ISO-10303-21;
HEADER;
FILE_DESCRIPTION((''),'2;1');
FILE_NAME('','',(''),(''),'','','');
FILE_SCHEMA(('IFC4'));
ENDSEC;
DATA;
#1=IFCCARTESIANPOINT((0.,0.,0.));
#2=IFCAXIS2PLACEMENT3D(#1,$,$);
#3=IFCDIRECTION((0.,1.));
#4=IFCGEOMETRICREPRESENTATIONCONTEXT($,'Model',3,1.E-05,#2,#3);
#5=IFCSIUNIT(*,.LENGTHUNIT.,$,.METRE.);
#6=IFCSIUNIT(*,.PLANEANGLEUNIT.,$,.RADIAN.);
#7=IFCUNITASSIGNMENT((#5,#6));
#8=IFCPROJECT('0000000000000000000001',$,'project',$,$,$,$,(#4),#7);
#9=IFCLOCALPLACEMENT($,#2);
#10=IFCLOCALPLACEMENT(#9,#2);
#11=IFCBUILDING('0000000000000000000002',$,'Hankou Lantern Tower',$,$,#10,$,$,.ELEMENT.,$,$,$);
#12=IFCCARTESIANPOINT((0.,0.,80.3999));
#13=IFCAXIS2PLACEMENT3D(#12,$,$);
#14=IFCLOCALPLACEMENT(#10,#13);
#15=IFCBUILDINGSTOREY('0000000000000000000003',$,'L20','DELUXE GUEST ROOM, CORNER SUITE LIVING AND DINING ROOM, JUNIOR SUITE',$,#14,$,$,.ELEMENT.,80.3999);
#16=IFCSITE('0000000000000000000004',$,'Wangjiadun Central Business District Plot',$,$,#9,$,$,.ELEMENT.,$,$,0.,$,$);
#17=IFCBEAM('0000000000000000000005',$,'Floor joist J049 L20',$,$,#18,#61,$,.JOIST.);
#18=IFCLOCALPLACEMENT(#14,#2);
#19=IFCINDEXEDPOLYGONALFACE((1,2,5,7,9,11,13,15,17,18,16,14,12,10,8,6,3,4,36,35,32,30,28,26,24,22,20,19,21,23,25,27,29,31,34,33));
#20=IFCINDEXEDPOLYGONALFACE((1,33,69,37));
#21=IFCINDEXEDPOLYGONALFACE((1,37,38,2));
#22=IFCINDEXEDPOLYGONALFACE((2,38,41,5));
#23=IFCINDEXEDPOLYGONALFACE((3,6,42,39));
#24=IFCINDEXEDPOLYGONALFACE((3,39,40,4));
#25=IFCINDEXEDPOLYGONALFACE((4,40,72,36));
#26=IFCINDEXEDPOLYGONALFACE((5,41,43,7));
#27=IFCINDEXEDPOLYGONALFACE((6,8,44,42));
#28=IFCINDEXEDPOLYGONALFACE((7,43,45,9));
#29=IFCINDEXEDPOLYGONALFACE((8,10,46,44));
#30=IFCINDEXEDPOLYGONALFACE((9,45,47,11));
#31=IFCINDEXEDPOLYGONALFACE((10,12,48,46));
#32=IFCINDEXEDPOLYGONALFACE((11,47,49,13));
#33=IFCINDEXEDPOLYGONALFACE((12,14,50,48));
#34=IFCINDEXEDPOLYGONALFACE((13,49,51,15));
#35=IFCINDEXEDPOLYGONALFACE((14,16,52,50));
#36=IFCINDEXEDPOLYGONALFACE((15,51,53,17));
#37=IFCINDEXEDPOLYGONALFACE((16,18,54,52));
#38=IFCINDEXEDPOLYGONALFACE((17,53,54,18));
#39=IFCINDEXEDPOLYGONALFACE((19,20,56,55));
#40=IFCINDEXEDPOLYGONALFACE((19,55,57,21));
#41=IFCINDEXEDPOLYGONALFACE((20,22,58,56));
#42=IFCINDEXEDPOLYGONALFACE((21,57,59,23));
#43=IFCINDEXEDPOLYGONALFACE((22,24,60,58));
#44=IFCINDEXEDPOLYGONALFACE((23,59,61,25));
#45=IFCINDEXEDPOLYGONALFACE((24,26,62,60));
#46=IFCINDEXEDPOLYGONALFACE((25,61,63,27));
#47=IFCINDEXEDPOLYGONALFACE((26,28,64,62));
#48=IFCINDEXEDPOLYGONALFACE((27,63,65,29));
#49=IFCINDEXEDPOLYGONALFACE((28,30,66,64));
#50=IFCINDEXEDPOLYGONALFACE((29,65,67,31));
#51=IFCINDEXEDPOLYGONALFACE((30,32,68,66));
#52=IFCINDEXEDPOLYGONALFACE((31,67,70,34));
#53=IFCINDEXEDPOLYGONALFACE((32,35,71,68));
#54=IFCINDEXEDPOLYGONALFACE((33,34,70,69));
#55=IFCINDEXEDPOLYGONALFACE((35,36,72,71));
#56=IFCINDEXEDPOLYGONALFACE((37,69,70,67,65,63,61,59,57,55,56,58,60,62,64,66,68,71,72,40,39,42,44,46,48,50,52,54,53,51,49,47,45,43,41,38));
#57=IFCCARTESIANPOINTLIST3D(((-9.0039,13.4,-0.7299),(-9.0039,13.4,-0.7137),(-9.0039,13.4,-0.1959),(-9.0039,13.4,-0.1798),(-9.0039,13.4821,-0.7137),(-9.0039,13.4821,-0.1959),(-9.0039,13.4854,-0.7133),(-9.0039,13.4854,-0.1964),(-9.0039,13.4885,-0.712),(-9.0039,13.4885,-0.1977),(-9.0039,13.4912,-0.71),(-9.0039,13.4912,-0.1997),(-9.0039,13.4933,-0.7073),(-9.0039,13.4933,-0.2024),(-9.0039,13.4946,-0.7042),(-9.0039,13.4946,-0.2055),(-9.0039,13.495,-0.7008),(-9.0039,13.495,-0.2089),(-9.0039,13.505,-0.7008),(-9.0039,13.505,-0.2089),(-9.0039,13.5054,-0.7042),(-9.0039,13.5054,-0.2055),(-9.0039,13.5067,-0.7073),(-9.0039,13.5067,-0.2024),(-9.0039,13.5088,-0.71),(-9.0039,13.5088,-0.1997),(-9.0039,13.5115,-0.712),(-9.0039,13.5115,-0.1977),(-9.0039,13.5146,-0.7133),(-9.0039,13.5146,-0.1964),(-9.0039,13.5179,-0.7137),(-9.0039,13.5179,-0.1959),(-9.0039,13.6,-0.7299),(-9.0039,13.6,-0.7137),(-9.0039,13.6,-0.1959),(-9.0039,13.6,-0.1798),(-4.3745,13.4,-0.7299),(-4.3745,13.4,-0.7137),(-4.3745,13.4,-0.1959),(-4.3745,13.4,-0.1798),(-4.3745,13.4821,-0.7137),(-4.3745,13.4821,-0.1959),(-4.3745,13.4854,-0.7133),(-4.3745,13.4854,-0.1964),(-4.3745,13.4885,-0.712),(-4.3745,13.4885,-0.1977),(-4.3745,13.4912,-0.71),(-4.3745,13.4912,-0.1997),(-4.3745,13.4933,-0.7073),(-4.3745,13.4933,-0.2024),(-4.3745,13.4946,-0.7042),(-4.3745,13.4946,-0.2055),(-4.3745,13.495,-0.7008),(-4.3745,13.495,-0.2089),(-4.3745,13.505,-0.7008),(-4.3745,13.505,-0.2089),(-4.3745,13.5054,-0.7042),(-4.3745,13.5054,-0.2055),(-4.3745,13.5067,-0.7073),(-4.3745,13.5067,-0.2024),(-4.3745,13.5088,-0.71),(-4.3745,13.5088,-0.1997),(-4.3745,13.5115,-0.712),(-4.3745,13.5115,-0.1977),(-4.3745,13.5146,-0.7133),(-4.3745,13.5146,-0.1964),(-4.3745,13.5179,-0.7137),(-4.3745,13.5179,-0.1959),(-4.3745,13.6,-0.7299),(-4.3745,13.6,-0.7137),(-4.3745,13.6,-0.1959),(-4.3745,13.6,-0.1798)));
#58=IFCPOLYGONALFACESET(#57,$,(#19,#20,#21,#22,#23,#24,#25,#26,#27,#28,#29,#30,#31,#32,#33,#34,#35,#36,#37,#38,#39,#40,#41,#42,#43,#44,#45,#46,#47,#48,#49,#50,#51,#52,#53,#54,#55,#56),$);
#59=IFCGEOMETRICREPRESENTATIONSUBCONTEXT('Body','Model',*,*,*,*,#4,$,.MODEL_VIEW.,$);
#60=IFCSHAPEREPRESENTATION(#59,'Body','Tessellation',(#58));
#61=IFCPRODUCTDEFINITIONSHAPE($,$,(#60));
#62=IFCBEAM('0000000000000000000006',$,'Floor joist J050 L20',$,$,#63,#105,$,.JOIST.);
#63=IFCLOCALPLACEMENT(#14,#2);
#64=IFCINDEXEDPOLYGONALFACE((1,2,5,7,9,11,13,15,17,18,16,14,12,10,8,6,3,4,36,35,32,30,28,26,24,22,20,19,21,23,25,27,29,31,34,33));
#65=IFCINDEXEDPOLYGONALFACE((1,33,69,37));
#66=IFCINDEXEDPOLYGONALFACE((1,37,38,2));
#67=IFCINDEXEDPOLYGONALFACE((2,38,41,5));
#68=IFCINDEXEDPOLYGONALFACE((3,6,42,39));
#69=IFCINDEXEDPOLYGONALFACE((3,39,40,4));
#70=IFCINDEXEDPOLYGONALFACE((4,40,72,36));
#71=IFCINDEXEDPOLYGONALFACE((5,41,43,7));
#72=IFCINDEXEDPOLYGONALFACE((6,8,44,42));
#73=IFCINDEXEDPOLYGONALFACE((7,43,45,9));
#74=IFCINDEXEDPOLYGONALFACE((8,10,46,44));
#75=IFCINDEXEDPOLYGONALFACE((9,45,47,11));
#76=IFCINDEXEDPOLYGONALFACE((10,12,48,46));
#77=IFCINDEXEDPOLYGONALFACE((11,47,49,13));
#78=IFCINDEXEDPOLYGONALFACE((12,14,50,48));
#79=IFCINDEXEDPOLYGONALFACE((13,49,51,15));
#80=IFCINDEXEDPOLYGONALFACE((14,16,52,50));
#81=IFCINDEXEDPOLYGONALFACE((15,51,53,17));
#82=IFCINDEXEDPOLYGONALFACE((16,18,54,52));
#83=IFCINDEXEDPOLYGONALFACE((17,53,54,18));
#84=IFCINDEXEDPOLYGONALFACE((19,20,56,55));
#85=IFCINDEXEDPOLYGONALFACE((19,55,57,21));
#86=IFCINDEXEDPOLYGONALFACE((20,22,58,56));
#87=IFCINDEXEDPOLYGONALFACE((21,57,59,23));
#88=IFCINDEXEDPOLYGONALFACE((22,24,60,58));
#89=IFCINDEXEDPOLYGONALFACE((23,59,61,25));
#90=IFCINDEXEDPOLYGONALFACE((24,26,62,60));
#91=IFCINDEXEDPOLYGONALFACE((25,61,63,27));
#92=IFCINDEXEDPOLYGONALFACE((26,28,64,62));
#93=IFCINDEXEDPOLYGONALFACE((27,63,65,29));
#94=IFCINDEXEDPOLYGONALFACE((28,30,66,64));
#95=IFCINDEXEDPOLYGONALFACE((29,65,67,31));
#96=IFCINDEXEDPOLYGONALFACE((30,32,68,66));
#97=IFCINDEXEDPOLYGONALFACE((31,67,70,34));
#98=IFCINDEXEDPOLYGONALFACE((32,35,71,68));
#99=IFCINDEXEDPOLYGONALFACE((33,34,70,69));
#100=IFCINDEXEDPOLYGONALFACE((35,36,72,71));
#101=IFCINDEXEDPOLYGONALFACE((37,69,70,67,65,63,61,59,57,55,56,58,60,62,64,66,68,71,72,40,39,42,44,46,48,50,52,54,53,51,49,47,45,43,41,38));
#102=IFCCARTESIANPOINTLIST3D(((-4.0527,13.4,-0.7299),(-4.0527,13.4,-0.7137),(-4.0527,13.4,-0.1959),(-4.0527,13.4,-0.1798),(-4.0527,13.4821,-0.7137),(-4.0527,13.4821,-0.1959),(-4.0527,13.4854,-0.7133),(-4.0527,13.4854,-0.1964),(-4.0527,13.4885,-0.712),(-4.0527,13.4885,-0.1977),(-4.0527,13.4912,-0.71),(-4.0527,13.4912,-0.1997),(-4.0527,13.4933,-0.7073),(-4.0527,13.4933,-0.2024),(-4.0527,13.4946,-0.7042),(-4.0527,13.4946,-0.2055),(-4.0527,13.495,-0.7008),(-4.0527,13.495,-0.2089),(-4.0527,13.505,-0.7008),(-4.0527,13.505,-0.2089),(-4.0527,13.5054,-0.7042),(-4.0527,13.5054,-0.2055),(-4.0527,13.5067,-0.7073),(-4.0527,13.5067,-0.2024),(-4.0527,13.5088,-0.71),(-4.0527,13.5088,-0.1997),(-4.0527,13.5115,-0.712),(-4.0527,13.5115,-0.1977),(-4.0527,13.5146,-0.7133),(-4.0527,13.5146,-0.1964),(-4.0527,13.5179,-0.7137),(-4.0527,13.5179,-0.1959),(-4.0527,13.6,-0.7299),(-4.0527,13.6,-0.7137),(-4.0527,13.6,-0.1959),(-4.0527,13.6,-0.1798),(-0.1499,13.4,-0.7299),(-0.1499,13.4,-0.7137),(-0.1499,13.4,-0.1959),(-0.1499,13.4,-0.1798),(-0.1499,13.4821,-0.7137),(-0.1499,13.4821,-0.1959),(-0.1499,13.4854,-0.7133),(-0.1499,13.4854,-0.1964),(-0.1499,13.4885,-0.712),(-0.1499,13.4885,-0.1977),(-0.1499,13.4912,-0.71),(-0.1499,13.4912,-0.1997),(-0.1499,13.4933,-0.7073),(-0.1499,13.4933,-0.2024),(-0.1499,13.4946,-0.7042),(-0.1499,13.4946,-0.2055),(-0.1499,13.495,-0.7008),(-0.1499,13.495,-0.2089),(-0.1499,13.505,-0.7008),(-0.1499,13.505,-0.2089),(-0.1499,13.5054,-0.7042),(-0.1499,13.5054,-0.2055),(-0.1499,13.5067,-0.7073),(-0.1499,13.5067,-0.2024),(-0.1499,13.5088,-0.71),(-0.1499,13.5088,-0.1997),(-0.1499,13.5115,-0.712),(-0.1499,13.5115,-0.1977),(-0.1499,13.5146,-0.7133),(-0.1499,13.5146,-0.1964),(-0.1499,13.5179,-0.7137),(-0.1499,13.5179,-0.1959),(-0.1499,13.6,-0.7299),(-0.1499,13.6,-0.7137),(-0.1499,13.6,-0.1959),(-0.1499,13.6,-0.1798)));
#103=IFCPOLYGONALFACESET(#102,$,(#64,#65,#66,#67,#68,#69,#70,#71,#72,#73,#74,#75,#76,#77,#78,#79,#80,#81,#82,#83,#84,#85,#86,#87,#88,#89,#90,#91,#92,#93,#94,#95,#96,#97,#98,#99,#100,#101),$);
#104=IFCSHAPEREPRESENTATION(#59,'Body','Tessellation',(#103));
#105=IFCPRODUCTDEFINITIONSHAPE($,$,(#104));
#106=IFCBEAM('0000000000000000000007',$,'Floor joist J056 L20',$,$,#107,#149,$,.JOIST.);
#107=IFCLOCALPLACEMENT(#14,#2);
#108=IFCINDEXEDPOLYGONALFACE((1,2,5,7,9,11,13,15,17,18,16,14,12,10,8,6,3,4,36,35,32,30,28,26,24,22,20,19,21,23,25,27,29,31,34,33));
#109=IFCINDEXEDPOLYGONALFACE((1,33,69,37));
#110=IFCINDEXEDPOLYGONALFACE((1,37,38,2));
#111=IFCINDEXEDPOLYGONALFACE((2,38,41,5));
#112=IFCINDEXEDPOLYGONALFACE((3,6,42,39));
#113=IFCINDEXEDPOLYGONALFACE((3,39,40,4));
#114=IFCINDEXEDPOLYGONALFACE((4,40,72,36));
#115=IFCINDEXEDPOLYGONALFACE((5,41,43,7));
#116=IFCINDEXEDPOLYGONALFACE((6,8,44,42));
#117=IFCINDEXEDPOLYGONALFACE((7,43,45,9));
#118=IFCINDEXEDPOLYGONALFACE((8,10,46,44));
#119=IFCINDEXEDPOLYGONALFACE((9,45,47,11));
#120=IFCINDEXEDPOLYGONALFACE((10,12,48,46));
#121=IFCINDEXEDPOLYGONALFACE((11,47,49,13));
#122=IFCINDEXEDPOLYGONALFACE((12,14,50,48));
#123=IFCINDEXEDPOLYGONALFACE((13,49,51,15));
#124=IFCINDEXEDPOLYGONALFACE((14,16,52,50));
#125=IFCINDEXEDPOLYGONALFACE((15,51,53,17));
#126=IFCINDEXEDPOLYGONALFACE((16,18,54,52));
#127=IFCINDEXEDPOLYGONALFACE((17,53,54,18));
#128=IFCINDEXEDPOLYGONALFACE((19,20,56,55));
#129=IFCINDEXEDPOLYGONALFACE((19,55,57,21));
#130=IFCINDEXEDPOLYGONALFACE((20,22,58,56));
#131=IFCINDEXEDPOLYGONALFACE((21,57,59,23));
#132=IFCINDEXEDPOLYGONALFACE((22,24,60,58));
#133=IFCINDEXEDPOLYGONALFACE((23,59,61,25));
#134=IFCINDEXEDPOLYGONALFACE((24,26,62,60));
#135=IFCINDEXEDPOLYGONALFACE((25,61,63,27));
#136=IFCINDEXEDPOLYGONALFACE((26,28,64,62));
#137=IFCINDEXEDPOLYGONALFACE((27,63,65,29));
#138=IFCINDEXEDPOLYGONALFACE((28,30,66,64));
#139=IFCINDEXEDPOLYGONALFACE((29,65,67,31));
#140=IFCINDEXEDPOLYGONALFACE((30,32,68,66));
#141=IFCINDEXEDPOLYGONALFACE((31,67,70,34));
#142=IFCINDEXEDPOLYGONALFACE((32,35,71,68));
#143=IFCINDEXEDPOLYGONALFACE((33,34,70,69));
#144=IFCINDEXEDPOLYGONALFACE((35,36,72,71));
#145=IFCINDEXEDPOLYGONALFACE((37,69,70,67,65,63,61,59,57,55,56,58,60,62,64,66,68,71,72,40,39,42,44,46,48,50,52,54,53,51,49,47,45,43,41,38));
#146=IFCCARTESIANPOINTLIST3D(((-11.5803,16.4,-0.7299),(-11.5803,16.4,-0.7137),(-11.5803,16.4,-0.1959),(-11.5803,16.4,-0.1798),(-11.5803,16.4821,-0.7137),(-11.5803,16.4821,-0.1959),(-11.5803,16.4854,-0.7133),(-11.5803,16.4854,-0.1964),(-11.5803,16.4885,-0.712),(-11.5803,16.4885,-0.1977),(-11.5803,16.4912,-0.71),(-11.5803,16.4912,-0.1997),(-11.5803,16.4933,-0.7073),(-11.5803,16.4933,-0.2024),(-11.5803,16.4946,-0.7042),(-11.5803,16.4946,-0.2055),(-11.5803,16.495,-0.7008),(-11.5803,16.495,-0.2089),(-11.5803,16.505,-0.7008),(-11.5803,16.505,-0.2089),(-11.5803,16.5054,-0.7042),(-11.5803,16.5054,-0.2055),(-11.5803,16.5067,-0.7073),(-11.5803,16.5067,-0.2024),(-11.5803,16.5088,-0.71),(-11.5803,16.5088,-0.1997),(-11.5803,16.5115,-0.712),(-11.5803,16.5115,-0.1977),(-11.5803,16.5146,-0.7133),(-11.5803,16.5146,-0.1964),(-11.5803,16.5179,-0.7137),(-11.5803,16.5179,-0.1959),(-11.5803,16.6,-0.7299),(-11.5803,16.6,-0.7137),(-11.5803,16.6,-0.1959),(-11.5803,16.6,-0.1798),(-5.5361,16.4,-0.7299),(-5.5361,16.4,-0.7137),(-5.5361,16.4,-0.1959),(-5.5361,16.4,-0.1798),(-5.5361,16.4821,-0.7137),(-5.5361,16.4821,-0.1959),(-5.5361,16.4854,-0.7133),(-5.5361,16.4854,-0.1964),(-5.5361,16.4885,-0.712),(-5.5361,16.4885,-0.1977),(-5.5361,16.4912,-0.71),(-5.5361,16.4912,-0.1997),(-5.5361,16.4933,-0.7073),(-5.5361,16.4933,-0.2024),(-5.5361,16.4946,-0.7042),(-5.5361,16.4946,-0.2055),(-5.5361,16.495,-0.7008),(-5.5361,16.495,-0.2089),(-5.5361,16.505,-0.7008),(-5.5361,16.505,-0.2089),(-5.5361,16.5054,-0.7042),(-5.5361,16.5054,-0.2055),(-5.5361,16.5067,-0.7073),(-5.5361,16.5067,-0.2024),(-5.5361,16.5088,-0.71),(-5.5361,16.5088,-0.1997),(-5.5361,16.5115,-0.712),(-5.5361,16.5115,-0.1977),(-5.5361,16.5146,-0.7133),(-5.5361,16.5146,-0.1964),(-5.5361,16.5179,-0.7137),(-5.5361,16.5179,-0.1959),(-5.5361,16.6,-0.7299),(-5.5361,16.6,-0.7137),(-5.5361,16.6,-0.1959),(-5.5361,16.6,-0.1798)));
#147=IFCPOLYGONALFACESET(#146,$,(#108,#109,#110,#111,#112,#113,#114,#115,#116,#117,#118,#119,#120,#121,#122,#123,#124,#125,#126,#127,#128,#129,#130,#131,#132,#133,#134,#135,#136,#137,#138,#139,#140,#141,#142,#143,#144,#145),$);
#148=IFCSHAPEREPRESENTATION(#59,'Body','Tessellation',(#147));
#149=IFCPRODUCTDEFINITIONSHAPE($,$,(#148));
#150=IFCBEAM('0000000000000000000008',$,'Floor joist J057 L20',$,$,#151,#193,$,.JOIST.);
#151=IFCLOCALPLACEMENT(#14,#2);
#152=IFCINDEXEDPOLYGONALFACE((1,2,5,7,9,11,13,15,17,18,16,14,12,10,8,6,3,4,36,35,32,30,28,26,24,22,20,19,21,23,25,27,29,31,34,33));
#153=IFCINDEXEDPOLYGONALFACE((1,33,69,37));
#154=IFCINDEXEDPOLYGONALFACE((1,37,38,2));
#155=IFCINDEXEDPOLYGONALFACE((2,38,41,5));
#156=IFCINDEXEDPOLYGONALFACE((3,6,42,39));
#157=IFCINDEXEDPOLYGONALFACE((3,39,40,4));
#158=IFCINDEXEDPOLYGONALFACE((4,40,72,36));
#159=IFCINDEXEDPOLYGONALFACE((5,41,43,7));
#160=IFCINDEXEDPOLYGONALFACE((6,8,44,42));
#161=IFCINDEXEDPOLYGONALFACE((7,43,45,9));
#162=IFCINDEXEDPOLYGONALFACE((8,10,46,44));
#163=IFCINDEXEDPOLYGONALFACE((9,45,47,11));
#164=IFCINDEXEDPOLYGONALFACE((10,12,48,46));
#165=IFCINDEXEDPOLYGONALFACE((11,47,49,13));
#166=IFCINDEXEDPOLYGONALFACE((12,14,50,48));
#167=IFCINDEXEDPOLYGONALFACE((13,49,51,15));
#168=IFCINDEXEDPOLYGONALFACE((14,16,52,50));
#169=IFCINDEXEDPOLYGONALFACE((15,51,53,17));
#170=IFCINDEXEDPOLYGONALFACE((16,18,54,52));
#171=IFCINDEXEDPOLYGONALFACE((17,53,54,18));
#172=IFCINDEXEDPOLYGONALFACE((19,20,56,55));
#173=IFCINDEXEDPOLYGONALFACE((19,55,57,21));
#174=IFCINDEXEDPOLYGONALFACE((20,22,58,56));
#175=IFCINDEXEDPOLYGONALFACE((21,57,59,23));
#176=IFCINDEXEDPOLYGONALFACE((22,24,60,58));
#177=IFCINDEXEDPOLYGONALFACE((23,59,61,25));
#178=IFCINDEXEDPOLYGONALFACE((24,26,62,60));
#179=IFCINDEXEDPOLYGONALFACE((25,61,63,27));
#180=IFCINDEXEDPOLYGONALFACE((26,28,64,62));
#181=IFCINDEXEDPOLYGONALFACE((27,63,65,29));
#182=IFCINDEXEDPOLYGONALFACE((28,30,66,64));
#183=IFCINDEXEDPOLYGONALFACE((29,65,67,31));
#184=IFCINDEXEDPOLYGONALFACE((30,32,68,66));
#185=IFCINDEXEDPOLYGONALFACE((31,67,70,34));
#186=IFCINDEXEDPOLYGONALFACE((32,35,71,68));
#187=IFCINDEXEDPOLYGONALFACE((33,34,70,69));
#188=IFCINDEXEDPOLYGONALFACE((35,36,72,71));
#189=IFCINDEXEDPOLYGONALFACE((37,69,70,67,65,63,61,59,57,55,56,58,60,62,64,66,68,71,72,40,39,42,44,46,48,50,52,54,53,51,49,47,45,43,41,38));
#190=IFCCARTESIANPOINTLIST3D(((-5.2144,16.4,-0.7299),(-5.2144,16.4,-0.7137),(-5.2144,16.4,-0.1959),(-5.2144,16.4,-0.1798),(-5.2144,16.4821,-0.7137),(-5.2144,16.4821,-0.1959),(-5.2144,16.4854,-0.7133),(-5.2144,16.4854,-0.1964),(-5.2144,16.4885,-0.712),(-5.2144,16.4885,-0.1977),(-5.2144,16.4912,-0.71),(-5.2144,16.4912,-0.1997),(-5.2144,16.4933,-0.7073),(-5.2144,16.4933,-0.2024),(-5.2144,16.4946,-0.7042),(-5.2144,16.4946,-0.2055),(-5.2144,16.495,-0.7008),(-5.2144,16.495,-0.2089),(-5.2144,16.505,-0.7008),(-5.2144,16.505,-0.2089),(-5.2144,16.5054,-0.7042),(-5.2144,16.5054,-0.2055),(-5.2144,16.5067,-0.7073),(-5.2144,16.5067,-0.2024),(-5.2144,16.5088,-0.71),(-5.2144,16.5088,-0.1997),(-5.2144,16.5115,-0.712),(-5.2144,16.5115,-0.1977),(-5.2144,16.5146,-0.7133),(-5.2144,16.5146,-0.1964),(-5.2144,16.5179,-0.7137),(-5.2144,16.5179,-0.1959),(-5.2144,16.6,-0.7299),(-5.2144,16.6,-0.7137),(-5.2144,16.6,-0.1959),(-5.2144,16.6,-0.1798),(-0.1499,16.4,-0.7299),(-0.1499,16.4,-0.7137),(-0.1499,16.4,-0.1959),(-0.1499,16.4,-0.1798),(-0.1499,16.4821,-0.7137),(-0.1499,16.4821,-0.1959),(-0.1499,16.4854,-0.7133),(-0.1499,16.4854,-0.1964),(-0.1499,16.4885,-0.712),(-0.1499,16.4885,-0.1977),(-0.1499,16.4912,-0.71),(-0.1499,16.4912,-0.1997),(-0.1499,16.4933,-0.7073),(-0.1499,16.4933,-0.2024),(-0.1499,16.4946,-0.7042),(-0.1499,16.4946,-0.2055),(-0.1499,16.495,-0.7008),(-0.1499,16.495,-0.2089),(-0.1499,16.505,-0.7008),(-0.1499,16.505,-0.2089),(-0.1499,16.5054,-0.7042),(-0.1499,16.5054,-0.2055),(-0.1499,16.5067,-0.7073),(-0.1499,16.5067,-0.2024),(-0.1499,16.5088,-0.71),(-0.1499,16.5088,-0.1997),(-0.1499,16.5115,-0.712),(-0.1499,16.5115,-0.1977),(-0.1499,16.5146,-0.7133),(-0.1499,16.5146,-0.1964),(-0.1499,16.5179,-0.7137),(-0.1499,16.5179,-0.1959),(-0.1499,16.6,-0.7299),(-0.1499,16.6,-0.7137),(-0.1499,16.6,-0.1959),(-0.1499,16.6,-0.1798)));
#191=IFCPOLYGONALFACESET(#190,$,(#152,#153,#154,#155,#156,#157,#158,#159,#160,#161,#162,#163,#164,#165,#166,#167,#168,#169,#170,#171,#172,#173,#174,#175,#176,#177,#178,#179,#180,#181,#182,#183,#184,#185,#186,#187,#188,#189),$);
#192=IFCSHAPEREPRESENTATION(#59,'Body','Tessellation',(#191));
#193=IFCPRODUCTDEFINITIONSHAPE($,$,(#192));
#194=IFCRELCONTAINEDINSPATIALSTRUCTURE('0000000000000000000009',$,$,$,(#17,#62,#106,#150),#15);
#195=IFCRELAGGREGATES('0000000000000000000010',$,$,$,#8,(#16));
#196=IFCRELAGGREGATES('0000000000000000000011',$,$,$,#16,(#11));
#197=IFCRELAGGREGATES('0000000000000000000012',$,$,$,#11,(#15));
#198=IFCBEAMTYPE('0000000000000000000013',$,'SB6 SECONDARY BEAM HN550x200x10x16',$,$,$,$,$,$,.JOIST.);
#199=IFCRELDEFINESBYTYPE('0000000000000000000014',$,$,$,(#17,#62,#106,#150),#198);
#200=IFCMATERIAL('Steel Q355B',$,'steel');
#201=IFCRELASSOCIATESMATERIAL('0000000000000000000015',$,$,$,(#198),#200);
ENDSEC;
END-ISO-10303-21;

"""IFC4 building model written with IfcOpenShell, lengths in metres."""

from ifc_helpers import new_model, si_unit, direction, frame, origin, origin_2d, place, context, subcontext, project, spatial, i_section, extrude, material, material_profile, profile_set, type_object, element, save


model = new_model("IFC4")

# Units and contexts
model_context = context("Model", 3, precision=1e-05, world=origin(), true_north=direction((0.0, 1.0)))
body_context = subcontext(model_context, "Body", "Model", "MODEL_VIEW")
ifc_project = project(units=[si_unit("LENGTHUNIT", "METRE"), si_unit("PLANEANGLEUNIT", "RADIAN")], contexts=[model_context])

# Site, building, storey
site_placement = place(None, origin())
site = spatial("IfcSite", under=ifc_project, at=site_placement, Name="Wangjiadun Central Business District Plot", CompositionType="ELEMENT", RefElevation=0.0)
building_placement = place(site_placement, origin())
building = spatial("IfcBuilding", under=site, at=building_placement, Name="Hankou Lantern Tower", CompositionType="ELEMENT")
storey_placement = place(building_placement, frame((0.0, 0.0, 80.3999)))
storey = spatial("IfcBuildingStorey", under=building, at=storey_placement, Name="L20", Description="DELUXE GUEST ROOM, CORNER SUITE LIVING AND DINING ROOM, JUNIOR SUITE", CompositionType="ELEMENT", Elevation=80.3999)

# Beams
ifc_material_1 = material(Name="Steel Q355B", Category="steel")
ifc_material_profile_1 = material_profile(ifc_material_1, i_section(OverallWidth=0.2, OverallDepth=0.55, WebThickness=0.01, FlangeThickness=0.0161, FilletRadius=0.0129, at=origin_2d()), Name="HN550x200x10x16")
ifc_profile_set_1 = profile_set([ifc_material_profile_1], Name="Steel Q355B")
beam_type_1 = type_object("IfcBeamType", Name="SB6 SECONDARY BEAM HN550x200x10x16", PredefinedType="JOIST", material=ifc_profile_set_1)
beam_1_placement = place(storey_placement, frame((-9.0039, 13.5, -0.4548), z_axis=(1.0, 0.0, 0.0), x_axis=(0.0, 1.0, 0.0)))
element("IfcBeam", 1, at=beam_1_placement, inside=storey, type_object=beam_type_1, Name="Floor joist J049 L20", PredefinedType="JOIST", context=body_context, shape_type="SweptSolid", body=[
    extrude(i_section(OverallWidth=0.2, OverallDepth=0.55, WebThickness=0.01, FlangeThickness=0.0161, FilletRadius=0.0129, at=origin_2d()), origin(), (0.0, 0.0, 1.0), 4.6294),
])
beam_2_placement = place(storey_placement, frame((-4.0527, 13.5, -0.4548), z_axis=(1.0, 0.0, 0.0), x_axis=(0.0, 1.0, 0.0)))
element("IfcBeam", 2, at=beam_2_placement, inside=storey, type_object=beam_type_1, Name="Floor joist J050 L20", PredefinedType="JOIST", context=body_context, shape_type="SweptSolid", body=[
    extrude(i_section(OverallWidth=0.2, OverallDepth=0.55, WebThickness=0.01, FlangeThickness=0.0161, FilletRadius=0.0129, at=origin_2d()), origin(), (0.0, 0.0, 1.0), 3.9028),
])
beam_3_placement = place(storey_placement, frame((-11.5803, 16.5, -0.4548), z_axis=(1.0, 0.0, 0.0), x_axis=(0.0, 1.0, 0.0)))
element("IfcBeam", 3, at=beam_3_placement, inside=storey, type_object=beam_type_1, Name="Floor joist J056 L20", PredefinedType="JOIST", context=body_context, shape_type="SweptSolid", body=[
    extrude(i_section(OverallWidth=0.2, OverallDepth=0.55, WebThickness=0.01, FlangeThickness=0.0161, FilletRadius=0.0129, at=origin_2d()), origin(), (0.0, 0.0, 1.0), 6.0442),
])
beam_4_placement = place(storey_placement, frame((-5.2144, 16.5, -0.4548), z_axis=(1.0, 0.0, 0.0), x_axis=(0.0, 1.0, 0.0)))
element("IfcBeam", 4, at=beam_4_placement, inside=storey, type_object=beam_type_1, Name="Floor joist J057 L20", PredefinedType="JOIST", context=body_context, shape_type="SweptSolid", body=[
    extrude(i_section(OverallWidth=0.2, OverallDepth=0.55, WebThickness=0.01, FlangeThickness=0.0161, FilletRadius=0.0129, at=origin_2d()), origin(), (0.0, 0.0, 1.0), 5.0645),
])

save(model, "model.ifc")
